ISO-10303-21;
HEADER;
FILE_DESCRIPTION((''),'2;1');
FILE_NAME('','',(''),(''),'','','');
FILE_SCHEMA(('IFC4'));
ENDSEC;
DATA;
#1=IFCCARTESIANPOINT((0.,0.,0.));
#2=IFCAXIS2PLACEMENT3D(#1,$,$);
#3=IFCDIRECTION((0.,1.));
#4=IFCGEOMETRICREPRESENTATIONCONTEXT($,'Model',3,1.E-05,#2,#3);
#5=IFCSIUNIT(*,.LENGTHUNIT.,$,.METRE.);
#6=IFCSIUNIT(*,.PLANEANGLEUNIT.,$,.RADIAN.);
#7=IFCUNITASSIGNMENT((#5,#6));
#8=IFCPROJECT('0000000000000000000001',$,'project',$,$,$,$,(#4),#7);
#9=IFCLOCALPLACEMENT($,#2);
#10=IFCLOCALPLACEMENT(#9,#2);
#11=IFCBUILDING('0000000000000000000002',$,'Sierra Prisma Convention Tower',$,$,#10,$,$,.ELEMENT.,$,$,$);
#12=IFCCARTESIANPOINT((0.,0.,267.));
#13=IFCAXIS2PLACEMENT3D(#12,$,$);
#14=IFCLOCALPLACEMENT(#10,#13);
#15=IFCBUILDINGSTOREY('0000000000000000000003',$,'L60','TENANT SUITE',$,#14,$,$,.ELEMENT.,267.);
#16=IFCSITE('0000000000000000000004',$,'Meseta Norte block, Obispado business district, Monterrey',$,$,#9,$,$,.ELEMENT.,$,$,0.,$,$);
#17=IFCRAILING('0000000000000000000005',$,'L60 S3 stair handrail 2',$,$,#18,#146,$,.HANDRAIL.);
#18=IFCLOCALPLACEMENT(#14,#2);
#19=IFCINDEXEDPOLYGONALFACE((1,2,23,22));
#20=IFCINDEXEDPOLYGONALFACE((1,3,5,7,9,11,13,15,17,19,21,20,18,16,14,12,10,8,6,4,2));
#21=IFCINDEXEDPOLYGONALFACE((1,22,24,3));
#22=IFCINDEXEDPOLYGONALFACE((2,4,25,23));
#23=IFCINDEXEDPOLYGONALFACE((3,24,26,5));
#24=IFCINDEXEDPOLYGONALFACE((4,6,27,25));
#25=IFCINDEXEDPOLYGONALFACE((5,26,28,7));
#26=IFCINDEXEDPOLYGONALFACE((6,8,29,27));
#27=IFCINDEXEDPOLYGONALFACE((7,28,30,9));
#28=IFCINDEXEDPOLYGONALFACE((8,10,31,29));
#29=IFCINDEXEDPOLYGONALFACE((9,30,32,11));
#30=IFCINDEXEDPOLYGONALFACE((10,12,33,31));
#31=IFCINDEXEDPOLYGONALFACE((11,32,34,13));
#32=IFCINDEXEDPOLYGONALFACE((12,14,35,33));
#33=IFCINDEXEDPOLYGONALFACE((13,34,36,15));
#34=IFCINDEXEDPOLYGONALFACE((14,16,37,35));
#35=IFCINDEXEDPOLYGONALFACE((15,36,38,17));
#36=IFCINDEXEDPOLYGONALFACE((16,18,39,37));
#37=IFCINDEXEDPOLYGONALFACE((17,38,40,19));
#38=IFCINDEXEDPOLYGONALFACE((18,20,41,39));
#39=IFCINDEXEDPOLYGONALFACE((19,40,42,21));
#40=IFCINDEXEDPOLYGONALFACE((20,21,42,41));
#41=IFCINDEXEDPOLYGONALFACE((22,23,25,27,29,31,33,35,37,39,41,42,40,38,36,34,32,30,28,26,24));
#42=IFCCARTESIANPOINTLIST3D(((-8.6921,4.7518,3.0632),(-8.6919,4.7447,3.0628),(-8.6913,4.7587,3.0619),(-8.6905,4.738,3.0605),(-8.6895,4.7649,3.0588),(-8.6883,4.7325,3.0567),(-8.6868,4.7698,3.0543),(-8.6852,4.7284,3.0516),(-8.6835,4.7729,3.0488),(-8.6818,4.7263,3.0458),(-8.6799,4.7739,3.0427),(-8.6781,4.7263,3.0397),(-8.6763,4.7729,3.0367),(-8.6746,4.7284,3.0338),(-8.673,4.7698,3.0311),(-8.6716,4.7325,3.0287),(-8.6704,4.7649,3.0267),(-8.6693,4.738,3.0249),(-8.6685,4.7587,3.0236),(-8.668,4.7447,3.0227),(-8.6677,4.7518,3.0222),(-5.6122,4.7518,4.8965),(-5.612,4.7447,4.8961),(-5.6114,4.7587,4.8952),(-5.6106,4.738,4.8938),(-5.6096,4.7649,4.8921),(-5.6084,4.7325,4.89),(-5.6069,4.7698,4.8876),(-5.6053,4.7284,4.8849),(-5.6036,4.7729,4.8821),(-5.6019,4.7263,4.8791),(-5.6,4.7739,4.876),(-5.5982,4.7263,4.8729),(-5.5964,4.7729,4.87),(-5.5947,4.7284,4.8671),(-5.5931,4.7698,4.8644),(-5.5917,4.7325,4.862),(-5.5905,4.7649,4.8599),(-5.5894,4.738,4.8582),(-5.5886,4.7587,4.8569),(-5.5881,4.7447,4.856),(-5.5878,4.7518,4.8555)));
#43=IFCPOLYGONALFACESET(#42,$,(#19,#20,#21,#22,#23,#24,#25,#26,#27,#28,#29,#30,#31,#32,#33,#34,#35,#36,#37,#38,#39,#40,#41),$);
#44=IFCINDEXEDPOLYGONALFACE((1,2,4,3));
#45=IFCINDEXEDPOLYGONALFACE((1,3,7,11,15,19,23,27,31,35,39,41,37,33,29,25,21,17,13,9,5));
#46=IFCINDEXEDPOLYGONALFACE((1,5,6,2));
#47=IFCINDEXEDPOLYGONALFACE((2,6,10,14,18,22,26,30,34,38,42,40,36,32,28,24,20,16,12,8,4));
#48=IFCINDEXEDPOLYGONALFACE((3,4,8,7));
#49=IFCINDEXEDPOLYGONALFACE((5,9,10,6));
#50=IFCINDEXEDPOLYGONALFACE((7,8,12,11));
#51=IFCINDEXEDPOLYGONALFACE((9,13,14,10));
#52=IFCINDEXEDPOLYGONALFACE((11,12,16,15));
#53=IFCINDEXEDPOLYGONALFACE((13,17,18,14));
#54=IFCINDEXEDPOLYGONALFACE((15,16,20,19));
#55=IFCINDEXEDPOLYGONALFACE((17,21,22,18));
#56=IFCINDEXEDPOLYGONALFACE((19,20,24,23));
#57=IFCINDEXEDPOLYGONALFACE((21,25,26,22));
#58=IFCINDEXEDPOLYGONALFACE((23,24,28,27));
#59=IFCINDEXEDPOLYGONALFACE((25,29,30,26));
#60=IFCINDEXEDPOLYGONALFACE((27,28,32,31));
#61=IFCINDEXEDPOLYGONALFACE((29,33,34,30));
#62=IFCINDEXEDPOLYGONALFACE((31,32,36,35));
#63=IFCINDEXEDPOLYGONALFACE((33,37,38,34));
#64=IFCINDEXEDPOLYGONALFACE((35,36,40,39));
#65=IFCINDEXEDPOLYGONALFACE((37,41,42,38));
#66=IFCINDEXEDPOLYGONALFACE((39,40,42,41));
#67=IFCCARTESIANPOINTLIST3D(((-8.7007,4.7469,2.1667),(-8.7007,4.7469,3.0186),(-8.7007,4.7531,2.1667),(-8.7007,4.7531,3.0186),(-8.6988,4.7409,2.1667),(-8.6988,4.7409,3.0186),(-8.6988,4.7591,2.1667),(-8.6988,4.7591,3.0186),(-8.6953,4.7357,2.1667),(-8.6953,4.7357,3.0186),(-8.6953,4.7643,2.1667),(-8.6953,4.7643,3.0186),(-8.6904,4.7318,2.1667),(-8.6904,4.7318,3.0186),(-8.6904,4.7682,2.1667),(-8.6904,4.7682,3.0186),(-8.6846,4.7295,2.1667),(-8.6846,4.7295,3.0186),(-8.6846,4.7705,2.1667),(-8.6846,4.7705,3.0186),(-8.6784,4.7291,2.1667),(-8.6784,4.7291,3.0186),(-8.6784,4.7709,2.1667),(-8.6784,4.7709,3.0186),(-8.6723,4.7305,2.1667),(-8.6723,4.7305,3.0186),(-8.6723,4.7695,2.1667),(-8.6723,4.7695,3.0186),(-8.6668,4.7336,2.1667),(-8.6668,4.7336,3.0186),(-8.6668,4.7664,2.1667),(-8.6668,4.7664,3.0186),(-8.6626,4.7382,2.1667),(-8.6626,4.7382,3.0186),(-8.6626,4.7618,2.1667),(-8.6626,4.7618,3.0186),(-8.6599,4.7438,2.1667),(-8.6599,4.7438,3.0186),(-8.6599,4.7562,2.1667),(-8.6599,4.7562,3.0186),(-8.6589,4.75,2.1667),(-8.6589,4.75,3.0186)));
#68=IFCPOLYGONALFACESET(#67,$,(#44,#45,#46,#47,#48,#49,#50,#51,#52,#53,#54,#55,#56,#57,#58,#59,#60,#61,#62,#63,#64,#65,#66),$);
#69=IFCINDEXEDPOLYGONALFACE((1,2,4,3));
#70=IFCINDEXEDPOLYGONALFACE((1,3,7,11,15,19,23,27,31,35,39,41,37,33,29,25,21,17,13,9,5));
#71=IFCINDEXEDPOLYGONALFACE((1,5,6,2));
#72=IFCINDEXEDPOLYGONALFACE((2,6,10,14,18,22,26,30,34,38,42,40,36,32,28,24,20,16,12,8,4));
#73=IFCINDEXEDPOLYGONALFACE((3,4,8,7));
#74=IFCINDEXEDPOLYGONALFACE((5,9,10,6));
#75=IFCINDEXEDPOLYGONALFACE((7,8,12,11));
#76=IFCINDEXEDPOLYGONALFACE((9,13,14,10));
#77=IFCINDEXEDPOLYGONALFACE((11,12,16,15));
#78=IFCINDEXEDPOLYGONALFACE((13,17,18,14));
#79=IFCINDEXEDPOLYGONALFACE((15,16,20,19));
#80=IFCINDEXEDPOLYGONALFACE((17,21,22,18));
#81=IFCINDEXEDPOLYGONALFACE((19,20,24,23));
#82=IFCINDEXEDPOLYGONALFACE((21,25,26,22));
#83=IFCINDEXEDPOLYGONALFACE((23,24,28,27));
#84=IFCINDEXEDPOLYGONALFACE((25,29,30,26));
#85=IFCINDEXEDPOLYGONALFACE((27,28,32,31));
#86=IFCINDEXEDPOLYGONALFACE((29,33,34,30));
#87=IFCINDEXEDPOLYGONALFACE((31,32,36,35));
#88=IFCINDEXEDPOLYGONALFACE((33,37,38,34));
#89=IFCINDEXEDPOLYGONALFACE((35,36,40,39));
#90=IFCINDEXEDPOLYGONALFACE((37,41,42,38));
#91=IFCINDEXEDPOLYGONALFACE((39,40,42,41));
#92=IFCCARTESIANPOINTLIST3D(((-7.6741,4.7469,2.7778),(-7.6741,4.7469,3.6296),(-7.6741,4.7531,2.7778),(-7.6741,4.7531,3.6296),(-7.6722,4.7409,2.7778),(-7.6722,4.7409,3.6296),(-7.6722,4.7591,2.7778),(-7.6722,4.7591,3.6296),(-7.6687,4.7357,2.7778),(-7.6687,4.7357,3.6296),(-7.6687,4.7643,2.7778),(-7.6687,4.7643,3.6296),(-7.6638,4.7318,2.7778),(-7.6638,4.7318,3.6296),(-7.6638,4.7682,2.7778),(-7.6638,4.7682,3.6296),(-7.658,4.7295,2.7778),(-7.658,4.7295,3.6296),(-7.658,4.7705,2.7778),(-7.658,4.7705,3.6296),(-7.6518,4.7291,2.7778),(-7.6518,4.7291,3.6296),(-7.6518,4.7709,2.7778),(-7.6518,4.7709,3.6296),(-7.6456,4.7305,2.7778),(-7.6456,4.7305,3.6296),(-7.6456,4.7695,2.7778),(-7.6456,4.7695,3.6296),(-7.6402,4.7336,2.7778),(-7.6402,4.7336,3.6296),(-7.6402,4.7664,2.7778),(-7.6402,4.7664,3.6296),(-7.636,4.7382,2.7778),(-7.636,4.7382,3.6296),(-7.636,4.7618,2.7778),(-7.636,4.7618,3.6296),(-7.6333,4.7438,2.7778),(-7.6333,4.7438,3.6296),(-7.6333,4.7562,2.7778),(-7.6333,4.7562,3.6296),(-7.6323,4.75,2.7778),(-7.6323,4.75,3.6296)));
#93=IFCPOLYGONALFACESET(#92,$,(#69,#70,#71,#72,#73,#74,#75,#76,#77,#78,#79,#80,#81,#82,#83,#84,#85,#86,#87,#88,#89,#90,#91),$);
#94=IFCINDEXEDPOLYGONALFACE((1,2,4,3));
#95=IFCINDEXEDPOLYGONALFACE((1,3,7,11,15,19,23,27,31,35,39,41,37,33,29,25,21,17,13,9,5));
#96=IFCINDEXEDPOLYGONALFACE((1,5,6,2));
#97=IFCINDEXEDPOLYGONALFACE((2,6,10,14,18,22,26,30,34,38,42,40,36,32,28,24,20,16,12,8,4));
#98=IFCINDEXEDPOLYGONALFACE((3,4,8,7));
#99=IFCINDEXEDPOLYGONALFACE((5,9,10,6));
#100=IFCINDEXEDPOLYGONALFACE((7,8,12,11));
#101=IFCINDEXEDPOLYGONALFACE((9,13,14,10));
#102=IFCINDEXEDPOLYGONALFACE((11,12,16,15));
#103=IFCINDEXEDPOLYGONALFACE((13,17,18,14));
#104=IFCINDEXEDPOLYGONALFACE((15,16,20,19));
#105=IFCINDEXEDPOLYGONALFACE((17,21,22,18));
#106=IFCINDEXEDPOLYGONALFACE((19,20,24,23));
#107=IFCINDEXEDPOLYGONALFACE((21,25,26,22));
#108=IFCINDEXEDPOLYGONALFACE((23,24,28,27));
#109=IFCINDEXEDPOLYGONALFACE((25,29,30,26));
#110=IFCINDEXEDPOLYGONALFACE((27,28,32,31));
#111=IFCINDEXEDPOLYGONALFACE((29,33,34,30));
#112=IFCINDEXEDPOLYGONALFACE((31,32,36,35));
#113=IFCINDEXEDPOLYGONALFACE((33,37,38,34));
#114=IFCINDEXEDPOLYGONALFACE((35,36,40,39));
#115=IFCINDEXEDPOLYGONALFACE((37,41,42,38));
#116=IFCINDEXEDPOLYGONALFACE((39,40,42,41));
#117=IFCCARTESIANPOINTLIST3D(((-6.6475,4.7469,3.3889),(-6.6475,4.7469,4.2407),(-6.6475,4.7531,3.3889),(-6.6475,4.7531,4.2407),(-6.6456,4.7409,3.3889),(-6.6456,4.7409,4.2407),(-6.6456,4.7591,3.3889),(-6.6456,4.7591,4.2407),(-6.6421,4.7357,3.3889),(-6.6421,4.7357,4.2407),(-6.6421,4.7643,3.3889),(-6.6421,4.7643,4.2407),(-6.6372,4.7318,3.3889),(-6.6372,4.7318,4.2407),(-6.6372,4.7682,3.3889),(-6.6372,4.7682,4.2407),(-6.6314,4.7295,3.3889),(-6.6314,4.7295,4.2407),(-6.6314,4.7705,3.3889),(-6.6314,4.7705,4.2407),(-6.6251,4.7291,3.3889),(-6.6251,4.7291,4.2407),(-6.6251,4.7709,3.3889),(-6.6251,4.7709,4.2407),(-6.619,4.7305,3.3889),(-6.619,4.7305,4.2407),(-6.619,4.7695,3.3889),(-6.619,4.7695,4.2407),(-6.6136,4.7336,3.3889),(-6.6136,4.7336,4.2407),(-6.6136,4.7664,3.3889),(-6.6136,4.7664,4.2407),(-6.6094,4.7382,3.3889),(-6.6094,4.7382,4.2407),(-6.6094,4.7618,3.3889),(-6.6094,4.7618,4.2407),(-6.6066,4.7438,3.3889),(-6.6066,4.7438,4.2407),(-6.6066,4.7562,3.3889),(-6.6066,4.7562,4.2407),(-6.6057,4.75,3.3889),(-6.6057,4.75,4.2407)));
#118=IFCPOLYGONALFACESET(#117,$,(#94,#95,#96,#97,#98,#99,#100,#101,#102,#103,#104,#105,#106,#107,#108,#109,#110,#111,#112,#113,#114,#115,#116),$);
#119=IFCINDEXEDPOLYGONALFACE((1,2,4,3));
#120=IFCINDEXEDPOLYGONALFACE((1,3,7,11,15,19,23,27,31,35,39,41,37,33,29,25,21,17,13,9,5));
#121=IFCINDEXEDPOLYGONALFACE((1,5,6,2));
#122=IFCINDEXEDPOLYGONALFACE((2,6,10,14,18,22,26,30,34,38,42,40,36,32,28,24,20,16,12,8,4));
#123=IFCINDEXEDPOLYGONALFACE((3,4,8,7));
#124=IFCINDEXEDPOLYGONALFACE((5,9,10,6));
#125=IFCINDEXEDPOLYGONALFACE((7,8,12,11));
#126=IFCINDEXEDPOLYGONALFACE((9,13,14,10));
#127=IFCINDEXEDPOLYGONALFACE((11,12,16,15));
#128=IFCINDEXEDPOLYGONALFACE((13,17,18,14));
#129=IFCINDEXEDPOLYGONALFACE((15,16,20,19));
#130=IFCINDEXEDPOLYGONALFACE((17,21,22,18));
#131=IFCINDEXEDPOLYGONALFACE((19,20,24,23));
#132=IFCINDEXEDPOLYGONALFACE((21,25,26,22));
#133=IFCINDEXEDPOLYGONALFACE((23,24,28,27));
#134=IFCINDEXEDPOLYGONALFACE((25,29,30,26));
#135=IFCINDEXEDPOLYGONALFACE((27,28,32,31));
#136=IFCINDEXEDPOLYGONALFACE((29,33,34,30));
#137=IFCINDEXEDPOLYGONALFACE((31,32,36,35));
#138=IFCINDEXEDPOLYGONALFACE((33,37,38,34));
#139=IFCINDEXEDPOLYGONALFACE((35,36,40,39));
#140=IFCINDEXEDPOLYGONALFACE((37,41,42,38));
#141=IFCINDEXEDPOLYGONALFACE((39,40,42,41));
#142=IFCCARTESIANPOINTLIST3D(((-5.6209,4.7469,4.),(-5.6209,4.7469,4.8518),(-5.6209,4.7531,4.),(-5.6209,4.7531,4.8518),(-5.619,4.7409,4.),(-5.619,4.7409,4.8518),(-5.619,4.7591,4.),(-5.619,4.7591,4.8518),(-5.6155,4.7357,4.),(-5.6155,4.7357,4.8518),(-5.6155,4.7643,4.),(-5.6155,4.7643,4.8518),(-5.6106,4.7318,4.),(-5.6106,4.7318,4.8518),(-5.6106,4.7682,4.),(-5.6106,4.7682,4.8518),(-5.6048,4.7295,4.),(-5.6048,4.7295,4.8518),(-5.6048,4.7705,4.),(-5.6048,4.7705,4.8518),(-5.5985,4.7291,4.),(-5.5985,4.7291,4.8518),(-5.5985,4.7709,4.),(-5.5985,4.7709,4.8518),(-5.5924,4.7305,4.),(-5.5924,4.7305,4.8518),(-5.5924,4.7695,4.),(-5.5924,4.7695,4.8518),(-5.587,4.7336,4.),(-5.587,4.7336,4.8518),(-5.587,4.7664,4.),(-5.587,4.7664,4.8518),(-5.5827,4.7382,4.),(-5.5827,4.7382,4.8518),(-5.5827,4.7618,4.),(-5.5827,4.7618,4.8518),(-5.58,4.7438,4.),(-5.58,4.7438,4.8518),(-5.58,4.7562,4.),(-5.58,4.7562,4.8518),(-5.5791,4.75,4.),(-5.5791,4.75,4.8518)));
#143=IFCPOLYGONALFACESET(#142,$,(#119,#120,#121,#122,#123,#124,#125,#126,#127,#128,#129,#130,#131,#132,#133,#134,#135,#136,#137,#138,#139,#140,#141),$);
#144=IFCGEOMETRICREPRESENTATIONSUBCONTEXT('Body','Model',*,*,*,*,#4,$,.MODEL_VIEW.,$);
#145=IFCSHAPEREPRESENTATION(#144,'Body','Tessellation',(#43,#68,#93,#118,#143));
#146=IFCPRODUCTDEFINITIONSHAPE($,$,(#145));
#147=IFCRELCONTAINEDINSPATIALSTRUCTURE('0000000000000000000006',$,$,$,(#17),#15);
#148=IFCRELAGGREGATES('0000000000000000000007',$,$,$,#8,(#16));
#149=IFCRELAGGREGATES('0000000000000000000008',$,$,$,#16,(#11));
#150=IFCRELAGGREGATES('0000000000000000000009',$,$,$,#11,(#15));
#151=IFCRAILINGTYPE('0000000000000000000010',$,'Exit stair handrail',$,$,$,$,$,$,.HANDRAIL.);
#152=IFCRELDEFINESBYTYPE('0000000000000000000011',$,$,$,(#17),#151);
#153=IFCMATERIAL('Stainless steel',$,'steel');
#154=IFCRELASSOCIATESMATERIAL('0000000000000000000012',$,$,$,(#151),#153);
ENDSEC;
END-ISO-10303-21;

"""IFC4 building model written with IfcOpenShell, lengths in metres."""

from ifc_helpers import new_model, si_unit, direction, frame, origin, origin_2d, place, context, subcontext, project, spatial, circle, extrude, material, type_object, element, save


model = new_model("IFC4")

# Units and contexts
model_context = context("Model", 3, precision=1e-05, world=origin(), true_north=direction((0.0, 1.0)))
body_context = subcontext(model_context, "Body", "Model", "MODEL_VIEW")
ifc_project = project(units=[si_unit("LENGTHUNIT", "METRE"), si_unit("PLANEANGLEUNIT", "RADIAN")], contexts=[model_context])

# Site, building, storey
site_placement = place(None, origin())
site = spatial("IfcSite", under=ifc_project, at=site_placement, Name="Meseta Norte block, Obispado business district, Monterrey", CompositionType="ELEMENT", RefElevation=0.0)
building_placement = place(site_placement, origin())
building = spatial("IfcBuilding", under=site, at=building_placement, Name="Sierra Prisma Convention Tower", CompositionType="ELEMENT")
storey_placement = place(building_placement, frame((0.0, 0.0, 267.0)))
storey = spatial("IfcBuildingStorey", under=building, at=storey_placement, Name="L60", Description="TENANT SUITE", CompositionType="ELEMENT", Elevation=267.0)

# Railing
ifc_material_1 = material(Name="Stainless steel", Category="steel")
railing_type_1 = type_object("IfcRailingType", Name="Exit stair handrail", PredefinedType="HANDRAIL", material=ifc_material_1)
railing_1_placement = place(storey_placement, frame((-8.6799, 4.75, 2.1667)))
element("IfcRailing", 1, at=railing_1_placement, inside=storey, type_object=railing_type_1, Name="L60 S3 stair handrail 2", PredefinedType="HANDRAIL", context=body_context, shape_type="SweptSolid", body=[
    extrude(circle(Radius=0.0239, at=origin_2d()), frame((0.0, 0.0, 0.876), z_axis=(0.859291, 0.0, 0.511487), x_axis=(0.0, 1.0, 0.0)), (0.0, 0.0, 1.0), 3.5842),
    extrude(circle(Radius=0.021, at=origin_2d()), origin(), (0.0, 0.0, 1.0), 0.8518),
    extrude(circle(Radius=0.021, at=origin_2d()), frame((1.0266, 0.0, 0.6111)), (0.0, 0.0, 1.0), 0.8518),
    extrude(circle(Radius=0.021, at=origin_2d()), frame((2.0532, 0.0, 1.2222)), (0.0, 0.0, 1.0), 0.8518),
    extrude(circle(Radius=0.021, at=origin_2d()), frame((3.0798, 0.0, 1.8333)), (0.0, 0.0, 1.0), 0.8518),
])

save(model, "model.ifc")
